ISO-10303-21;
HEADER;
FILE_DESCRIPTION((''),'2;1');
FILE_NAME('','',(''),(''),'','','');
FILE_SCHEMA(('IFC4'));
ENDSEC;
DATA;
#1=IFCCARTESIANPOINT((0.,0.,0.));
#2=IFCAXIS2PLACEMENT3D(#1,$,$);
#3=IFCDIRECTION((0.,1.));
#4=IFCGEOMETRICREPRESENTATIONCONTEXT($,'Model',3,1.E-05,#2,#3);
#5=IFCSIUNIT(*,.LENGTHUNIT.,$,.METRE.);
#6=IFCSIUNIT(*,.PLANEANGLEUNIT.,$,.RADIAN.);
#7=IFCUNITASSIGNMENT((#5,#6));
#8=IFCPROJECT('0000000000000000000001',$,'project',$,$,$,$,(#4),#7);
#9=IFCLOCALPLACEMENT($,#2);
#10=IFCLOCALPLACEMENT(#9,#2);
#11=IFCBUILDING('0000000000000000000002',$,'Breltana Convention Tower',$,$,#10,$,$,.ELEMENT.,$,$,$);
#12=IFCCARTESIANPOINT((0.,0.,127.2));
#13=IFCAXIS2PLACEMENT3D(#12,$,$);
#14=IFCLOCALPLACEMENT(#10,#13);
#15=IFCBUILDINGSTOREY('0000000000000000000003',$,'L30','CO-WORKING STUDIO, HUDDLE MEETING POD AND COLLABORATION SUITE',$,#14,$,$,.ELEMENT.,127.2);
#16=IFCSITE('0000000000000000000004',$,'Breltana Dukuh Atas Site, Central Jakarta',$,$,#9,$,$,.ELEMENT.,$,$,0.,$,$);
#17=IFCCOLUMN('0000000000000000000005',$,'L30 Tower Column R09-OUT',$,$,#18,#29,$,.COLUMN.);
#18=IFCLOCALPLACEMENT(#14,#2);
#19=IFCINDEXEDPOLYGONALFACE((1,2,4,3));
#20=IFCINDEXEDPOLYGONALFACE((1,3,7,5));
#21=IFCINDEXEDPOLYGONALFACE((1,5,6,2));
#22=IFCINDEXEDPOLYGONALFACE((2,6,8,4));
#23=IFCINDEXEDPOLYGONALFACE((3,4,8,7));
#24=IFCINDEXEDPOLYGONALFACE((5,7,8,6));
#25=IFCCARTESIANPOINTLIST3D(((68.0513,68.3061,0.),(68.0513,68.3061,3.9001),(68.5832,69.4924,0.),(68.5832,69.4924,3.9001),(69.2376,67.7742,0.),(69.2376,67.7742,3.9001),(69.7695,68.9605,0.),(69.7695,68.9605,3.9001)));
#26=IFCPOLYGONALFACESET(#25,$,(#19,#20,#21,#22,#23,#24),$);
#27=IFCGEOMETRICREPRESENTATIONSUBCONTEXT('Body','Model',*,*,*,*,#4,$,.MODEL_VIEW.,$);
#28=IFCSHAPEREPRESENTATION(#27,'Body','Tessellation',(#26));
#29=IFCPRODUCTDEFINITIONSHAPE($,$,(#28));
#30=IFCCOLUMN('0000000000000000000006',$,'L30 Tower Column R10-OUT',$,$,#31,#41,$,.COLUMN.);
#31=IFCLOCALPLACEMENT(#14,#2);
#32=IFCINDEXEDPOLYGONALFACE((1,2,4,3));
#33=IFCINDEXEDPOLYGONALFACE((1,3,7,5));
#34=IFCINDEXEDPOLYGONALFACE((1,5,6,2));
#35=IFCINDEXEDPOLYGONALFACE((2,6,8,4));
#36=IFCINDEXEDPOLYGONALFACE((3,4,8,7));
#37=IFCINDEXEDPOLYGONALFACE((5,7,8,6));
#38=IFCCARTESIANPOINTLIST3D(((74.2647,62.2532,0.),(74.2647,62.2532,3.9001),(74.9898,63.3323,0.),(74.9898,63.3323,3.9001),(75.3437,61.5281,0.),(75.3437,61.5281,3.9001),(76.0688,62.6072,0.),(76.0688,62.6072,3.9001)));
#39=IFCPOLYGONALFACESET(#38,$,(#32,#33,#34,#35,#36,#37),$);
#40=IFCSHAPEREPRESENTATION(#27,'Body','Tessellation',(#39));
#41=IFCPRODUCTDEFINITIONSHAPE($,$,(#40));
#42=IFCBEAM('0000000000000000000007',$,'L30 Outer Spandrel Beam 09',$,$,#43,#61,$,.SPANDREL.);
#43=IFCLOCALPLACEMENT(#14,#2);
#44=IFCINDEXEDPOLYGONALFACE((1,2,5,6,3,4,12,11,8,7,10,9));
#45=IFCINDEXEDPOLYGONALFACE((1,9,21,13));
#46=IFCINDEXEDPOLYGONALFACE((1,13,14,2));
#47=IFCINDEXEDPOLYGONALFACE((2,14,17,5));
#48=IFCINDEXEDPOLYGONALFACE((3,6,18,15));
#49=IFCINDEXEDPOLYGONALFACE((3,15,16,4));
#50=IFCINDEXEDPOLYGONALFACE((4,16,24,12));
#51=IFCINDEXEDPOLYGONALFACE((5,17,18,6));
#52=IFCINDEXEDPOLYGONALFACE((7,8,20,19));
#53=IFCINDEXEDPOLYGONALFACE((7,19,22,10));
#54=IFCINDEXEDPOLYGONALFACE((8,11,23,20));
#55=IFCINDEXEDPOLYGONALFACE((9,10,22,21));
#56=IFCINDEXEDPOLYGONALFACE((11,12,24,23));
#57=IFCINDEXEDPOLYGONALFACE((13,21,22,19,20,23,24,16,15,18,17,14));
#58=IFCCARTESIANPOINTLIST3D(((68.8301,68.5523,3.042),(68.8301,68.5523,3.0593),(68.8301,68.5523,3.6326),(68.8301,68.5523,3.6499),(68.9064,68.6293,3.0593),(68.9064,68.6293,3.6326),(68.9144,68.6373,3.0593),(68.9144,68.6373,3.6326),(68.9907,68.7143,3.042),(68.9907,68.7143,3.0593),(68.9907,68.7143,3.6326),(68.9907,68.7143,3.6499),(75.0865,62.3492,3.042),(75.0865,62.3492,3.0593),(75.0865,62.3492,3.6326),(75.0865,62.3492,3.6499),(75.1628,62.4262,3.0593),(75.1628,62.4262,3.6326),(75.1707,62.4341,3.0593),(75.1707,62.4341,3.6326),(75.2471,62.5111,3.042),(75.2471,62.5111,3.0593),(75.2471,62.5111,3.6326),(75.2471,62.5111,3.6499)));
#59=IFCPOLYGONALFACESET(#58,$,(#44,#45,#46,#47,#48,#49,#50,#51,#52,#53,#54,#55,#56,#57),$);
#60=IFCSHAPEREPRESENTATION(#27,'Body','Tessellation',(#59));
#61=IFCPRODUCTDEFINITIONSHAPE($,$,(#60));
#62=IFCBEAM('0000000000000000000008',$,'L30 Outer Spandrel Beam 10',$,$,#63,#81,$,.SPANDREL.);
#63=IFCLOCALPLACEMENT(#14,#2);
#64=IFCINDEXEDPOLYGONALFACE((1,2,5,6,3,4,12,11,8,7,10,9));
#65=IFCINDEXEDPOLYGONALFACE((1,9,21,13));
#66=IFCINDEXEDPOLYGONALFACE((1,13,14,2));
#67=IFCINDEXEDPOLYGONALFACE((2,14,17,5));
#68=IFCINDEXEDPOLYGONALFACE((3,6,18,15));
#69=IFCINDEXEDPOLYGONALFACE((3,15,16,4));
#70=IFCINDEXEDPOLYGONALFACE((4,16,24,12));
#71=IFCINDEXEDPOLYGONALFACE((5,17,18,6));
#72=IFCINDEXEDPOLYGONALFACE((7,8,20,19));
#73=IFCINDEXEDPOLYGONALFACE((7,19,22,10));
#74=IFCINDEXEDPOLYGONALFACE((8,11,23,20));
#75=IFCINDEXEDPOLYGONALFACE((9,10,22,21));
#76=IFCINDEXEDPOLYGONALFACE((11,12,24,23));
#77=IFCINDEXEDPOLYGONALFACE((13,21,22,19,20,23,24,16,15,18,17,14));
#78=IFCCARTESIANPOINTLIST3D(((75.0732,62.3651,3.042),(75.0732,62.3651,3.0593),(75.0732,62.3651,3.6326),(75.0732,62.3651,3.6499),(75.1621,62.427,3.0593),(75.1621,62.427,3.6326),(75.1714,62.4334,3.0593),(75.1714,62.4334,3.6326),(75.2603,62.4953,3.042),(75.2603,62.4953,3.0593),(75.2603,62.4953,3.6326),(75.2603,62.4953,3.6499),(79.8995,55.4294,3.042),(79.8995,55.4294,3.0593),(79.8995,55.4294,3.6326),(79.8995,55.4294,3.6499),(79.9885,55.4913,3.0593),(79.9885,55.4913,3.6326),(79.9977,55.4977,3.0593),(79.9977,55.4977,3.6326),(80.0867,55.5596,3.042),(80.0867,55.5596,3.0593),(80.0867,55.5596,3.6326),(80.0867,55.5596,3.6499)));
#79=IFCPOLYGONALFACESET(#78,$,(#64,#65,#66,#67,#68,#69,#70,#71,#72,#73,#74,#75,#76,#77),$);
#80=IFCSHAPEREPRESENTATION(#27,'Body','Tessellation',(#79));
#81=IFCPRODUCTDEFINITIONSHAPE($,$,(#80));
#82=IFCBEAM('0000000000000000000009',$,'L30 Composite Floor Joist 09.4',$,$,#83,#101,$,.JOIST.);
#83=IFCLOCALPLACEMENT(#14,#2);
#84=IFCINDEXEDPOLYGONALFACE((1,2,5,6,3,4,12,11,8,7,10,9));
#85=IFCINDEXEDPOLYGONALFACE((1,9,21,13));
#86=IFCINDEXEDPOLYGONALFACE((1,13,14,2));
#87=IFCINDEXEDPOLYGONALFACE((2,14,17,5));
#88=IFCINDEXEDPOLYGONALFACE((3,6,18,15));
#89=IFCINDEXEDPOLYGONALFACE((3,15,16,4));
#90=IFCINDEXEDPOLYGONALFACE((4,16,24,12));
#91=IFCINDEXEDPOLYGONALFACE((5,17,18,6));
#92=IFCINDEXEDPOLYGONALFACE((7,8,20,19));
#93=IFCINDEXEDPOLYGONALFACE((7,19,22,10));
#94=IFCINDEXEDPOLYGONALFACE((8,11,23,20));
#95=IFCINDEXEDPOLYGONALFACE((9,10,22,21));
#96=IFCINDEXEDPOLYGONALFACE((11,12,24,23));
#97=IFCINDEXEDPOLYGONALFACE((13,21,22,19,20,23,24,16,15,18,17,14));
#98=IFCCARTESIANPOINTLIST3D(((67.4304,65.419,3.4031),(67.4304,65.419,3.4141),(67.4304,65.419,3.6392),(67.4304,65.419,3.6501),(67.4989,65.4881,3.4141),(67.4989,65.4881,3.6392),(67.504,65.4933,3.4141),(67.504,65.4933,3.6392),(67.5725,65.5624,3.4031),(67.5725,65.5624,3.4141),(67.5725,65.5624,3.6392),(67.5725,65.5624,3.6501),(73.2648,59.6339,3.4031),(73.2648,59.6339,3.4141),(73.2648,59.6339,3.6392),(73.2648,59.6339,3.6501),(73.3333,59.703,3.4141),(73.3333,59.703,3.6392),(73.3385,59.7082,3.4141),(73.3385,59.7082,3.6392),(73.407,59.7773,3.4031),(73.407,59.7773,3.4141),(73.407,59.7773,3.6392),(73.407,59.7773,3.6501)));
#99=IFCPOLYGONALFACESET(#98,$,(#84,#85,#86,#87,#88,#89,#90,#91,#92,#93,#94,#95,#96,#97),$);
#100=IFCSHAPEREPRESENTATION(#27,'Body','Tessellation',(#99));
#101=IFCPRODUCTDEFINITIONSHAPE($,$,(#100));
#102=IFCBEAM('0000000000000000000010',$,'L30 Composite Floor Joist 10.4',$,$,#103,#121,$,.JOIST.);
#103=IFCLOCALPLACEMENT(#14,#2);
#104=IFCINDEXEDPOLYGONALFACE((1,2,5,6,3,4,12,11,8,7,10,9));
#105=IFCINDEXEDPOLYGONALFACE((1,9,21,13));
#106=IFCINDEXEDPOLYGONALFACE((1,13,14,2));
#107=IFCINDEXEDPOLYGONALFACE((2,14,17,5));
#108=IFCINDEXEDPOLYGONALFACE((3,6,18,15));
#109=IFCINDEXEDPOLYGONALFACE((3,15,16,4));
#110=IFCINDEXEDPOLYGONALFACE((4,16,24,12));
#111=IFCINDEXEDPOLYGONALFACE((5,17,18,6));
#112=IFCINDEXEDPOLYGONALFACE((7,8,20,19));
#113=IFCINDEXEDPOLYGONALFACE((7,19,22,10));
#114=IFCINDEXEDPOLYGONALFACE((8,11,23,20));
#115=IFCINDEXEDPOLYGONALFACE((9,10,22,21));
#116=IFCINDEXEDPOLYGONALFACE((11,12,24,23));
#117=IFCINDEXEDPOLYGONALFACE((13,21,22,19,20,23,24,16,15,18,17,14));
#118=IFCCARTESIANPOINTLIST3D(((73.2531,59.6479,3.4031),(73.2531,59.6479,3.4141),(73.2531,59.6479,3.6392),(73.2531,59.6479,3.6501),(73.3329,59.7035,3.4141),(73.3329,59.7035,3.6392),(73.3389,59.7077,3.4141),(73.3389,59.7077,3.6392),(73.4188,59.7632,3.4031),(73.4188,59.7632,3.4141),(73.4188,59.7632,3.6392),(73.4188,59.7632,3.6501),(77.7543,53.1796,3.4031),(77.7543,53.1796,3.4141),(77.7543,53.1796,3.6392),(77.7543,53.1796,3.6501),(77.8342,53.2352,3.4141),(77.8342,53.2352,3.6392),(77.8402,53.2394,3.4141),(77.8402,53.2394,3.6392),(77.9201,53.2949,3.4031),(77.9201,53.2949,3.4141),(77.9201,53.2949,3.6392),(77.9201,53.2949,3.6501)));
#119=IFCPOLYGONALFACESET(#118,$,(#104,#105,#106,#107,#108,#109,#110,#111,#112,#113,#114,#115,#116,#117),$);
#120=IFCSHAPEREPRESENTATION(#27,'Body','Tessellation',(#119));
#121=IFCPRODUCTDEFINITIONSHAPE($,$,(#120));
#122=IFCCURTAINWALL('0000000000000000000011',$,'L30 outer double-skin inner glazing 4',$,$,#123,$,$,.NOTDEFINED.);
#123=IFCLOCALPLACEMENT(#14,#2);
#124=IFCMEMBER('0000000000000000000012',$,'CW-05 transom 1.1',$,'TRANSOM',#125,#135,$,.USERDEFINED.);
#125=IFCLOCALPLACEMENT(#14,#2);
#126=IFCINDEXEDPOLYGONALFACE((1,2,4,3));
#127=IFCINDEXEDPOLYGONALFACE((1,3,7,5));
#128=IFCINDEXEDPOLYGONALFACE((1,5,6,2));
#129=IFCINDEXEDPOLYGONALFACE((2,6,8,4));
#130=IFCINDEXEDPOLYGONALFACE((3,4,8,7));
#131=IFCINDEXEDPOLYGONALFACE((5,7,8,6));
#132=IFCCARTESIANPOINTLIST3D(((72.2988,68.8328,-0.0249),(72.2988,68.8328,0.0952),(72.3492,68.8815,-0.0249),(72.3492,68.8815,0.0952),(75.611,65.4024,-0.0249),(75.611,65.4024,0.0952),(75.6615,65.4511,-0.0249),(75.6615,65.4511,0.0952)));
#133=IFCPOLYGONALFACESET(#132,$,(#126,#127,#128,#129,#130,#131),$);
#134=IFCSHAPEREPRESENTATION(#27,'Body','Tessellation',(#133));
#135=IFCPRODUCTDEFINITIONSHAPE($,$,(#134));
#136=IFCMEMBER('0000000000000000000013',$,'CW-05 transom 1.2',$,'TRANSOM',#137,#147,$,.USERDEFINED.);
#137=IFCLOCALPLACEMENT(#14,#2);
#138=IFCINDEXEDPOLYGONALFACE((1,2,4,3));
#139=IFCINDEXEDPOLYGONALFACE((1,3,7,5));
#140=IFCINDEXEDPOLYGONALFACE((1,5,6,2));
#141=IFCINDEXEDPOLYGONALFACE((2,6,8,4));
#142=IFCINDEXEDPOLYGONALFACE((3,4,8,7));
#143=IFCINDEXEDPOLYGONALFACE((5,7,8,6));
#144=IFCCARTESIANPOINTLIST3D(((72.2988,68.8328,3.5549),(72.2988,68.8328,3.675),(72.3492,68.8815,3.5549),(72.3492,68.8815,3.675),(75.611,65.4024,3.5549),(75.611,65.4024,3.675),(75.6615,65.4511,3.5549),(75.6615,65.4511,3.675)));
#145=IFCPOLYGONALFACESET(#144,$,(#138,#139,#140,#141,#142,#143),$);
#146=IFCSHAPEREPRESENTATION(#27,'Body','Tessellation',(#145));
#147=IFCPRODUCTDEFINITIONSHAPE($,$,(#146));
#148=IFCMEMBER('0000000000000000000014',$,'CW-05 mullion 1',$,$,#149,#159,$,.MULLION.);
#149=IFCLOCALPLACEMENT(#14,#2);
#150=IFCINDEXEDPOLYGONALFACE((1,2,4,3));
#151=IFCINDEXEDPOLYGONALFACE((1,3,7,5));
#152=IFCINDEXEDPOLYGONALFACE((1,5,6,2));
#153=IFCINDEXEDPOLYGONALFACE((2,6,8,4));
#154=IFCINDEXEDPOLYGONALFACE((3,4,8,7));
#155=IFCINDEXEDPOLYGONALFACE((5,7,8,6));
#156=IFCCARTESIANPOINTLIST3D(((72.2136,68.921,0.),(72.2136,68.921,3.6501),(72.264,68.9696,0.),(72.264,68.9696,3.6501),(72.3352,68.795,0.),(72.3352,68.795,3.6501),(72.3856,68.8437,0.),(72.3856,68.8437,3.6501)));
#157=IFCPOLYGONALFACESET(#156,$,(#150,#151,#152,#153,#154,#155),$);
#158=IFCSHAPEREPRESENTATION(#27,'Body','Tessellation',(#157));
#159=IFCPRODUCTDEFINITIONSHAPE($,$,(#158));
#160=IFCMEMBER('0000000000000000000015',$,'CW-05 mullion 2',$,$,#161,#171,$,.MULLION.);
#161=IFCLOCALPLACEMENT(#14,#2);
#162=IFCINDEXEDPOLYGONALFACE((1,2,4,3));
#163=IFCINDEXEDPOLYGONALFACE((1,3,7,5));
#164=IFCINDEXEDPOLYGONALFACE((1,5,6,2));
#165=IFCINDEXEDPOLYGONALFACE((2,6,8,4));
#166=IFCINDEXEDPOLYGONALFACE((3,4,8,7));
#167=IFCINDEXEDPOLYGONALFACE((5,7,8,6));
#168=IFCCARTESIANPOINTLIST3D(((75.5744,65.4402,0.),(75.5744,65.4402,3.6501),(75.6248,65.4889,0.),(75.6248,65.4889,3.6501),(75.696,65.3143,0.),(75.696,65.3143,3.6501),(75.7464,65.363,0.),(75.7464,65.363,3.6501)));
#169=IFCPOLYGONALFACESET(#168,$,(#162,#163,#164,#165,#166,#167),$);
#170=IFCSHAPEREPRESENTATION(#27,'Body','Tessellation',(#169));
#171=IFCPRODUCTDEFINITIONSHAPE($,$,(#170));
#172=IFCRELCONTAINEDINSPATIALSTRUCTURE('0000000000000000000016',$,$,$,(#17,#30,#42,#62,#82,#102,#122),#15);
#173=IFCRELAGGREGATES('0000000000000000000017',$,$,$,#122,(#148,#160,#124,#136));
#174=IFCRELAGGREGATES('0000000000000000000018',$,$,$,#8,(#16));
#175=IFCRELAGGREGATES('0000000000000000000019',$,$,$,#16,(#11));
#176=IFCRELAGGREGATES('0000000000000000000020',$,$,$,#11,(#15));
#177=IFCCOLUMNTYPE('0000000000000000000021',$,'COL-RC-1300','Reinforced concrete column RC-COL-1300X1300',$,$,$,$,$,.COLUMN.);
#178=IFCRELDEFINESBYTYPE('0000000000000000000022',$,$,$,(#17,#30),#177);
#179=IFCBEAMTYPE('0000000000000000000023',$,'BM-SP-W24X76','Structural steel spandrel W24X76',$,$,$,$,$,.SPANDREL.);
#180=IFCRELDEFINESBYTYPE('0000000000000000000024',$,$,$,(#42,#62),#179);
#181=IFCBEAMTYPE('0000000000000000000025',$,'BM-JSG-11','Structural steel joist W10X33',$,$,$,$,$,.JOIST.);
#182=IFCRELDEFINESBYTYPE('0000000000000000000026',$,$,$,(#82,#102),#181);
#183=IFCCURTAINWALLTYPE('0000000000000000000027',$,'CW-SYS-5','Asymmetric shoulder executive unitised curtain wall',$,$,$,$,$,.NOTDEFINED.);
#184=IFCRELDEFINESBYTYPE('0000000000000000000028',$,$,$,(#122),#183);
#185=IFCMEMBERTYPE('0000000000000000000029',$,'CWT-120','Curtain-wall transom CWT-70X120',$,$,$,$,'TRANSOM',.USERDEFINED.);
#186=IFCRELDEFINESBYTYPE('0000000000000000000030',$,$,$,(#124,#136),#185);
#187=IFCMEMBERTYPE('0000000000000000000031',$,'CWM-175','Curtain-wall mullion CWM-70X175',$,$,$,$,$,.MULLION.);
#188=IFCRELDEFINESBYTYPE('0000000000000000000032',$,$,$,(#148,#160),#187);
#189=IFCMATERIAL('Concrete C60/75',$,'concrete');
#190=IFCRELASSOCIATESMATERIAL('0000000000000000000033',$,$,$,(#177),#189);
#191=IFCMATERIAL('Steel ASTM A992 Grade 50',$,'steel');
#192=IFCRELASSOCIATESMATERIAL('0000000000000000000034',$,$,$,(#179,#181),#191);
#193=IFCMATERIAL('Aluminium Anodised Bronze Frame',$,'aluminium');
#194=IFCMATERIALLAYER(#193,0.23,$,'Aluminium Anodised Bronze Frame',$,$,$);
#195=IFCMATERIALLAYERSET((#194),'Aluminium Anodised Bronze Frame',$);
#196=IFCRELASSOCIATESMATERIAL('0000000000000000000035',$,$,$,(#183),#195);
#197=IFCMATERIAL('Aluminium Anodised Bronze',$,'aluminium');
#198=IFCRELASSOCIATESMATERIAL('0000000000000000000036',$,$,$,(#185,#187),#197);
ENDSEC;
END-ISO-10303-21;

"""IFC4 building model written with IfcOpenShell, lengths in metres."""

from ifc_helpers import new_model, si_unit, direction, frame, origin, origin_2d, place, context, subcontext, project, spatial, rectangle, i_section, extrude, source, transform, mapped, material, layer, layer_set, material_profile, profile_set, type_object, element, aggregate, save


model = new_model("IFC4")

# Units and contexts
model_context = context("Model", 3, precision=1e-05, world=origin(), true_north=direction((0.0, 1.0)))
body_context = subcontext(model_context, "Body", "Model", "MODEL_VIEW")
ifc_project = project(units=[si_unit("LENGTHUNIT", "METRE"), si_unit("PLANEANGLEUNIT", "RADIAN")], contexts=[model_context])

# Site, building, storey
site_placement = place(None, origin())
site = spatial("IfcSite", under=ifc_project, at=site_placement, Name="Breltana Dukuh Atas Site, Central Jakarta", CompositionType="ELEMENT", RefElevation=0.0)
building_placement = place(site_placement, origin())
building = spatial("IfcBuilding", under=site, at=building_placement, Name="Breltana Convention Tower", CompositionType="ELEMENT")
storey_placement = place(building_placement, frame((0.0, 0.0, 127.2)))
storey = spatial("IfcBuildingStorey", under=building, at=storey_placement, Name="L30", Description="CO-WORKING STUDIO, HUDDLE MEETING POD AND COLLABORATION SUITE", CompositionType="ELEMENT", Elevation=127.2)

# Columns
ifc_material_1 = material(Name="Concrete C60/75", Category="concrete")
ifc_material_profile_1 = material_profile(ifc_material_1, rectangle(XDim=1.3, YDim=1.3, at=origin_2d()), Name="RC-COL-1300X1300")
ifc_profile_set_1 = profile_set([ifc_material_profile_1], Name="Concrete C60/75")
column_type = type_object("IfcColumnType", Name="COL-RC-1300", Description="Reinforced concrete column RC-COL-1300X1300", PredefinedType="COLUMN", material=ifc_profile_set_1)
shared_shape_1 = source(origin(), body_context, "Body", "SweptSolid", [
    extrude(rectangle(XDim=1.3, YDim=1.3, at=origin_2d()), origin(), (0.0, 0.0, 1.0), 3.9001),
])
for number, where, z_axis, x_axis, name in (
    (1, (68.9104, 68.6333, 0.0), (0.0, 0.0, 1.0), (0.409127, 0.912477, 0.0), "L30 Tower Column R09-OUT"),
    (2, (75.1667, 62.4302, 0.0), (0.0, 0.0, 1.0), (0.557745, 0.830012, 0.0), "L30 Tower Column R10-OUT"),
):
    element("IfcColumn", number, at=place(storey_placement, frame(where, z_axis=z_axis, x_axis=x_axis)), inside=storey, type_object=column_type, Name=name, PredefinedType="COLUMN", context=body_context, shape_type="MappedRepresentation", body=[
        mapped(shared_shape_1, transform((0.0, 0.0, 0.0), scale=1.0)),
    ])

# Beams
ifc_material_2 = material(Name="Steel ASTM A992 Grade 50", Category="steel")
ifc_material_profile_2 = material_profile(ifc_material_2, i_section(OverallWidth=0.228, OverallDepth=0.6079, WebThickness=0.0112, FlangeThickness=0.0173, at=origin_2d()), Name="W24X76")
ifc_profile_set_2 = profile_set([ifc_material_profile_2], Name="Steel ASTM A992 Grade 50")
beam_type_1 = type_object("IfcBeamType", Name="BM-SP-W24X76", Description="Structural steel spandrel W24X76", PredefinedType="SPANDREL", material=ifc_profile_set_2)
shared_shape_2 = source(origin(), body_context, "Body", "SweptSolid", [
    extrude(i_section(OverallWidth=0.228, OverallDepth=0.6079, WebThickness=0.0112, FlangeThickness=0.0173, at=origin_2d()), origin(), (0.0, 0.0, 1.0), 8.8103),
])
beam_1_placement = place(storey_placement, frame((68.9104, 68.6333, 3.3459), z_axis=(0.710121, -0.70408, 0.0), x_axis=(0.70408, 0.710121, 0.0)))
element("IfcBeam", 3, at=beam_1_placement, inside=storey, type_object=beam_type_1, Name="L30 Outer Spandrel Beam 09", PredefinedType="SPANDREL", context=body_context, shape_type="MappedRepresentation", body=[
    mapped(shared_shape_2, transform((0.0, 0.0, 0.0), scale=1.0)),
])
shared_shape_3 = source(origin(), body_context, "Body", "SweptSolid", [
    extrude(i_section(OverallWidth=0.228, OverallDepth=0.6079, WebThickness=0.0112, FlangeThickness=0.0173, at=origin_2d()), origin(), (0.0, 0.0, 1.0), 8.4497),
])
beam_2_placement = place(storey_placement, frame((75.1667, 62.4302, 3.3459), z_axis=(0.571186, -0.820821, 0.0), x_axis=(0.820821, 0.571186, 0.0)))
element("IfcBeam", 4, at=beam_2_placement, inside=storey, type_object=beam_type_1, Name="L30 Outer Spandrel Beam 10", PredefinedType="SPANDREL", context=body_context, shape_type="MappedRepresentation", body=[
    mapped(shared_shape_3, transform((0.0, 0.0, 0.0), scale=1.0)),
])
ifc_material_profile_3 = material_profile(ifc_material_2, i_section(OverallWidth=0.2019, OverallDepth=0.2471, WebThickness=0.0073, FlangeThickness=0.011, at=origin_2d()), Name="W10X33")
ifc_profile_set_3 = profile_set([ifc_material_profile_3], Name="Steel ASTM A992 Grade 50")
beam_type_2 = type_object("IfcBeamType", Name="BM-JSG-11", Description="Structural steel joist W10X33", PredefinedType="JOIST", material=ifc_profile_set_3)
shared_shape_4 = source(origin(), body_context, "Body", "SweptSolid", [
    extrude(i_section(OverallWidth=0.2019, OverallDepth=0.2471, WebThickness=0.0073, FlangeThickness=0.011, at=origin_2d()), origin(), (0.0, 0.0, 1.0), 8.2163),
])
beam_3_placement = place(storey_placement, frame((67.5015, 65.4907, 3.5266), z_axis=(0.710102, -0.704099, 0.0), x_axis=(0.704099, 0.710102, 0.0)))
element("IfcBeam", 5, at=beam_3_placement, inside=storey, type_object=beam_type_2, Name="L30 Composite Floor Joist 09.4", PredefinedType="JOIST", context=body_context, shape_type="MappedRepresentation", body=[
    mapped(shared_shape_4, transform((0.0, 0.0, 0.0), scale=1.0)),
])
shared_shape_5 = source(origin(), body_context, "Body", "SweptSolid", [
    extrude(i_section(OverallWidth=0.2019, OverallDepth=0.2471, WebThickness=0.0073, FlangeThickness=0.011, at=origin_2d()), origin(), (0.0, 0.0, 1.0), 7.8804),
])
beam_4_placement = place(storey_placement, frame((73.3359, 59.7056, 3.5266), z_axis=(0.571198, -0.820812, 0.0), x_axis=(0.820812, 0.571198, 0.0)))
element("IfcBeam", 6, at=beam_4_placement, inside=storey, type_object=beam_type_2, Name="L30 Composite Floor Joist 10.4", PredefinedType="JOIST", context=body_context, shape_type="MappedRepresentation", body=[
    mapped(shared_shape_5, transform((0.0, 0.0, 0.0), scale=1.0)),
])

# Curtain wall, members
ifc_material_3 = material(Name="Aluminium Anodised Bronze Frame", Category="aluminium")
ifc_layer_1 = layer(ifc_material_3, 0.23, Name="Aluminium Anodised Bronze Frame")
ifc_layer_set_1 = layer_set([ifc_layer_1], Name="Aluminium Anodised Bronze Frame")
curtain_wall_type = type_object("IfcCurtainWallType", Name="CW-SYS-5", Description="Asymmetric shoulder executive unitised curtain wall", PredefinedType="NOTDEFINED", material=ifc_layer_set_1)
curtain_wall_placement = place(storey_placement, origin())
curtain_wall = element("IfcCurtainWall", 7, at=curtain_wall_placement, inside=storey, type_object=curtain_wall_type, Name="L30 outer double-skin inner glazing 4", PredefinedType="NOTDEFINED")
ifc_material_4 = material(Name="Aluminium Anodised Bronze", Category="aluminium")
ifc_material_profile_4 = material_profile(ifc_material_4, rectangle(XDim=0.0701, YDim=0.1201, at=origin_2d()), Name="CWT-70X120")
ifc_profile_set_4 = profile_set([ifc_material_profile_4], Name="Aluminium Anodised Bronze")
member_type_1 = type_object("IfcMemberType", Name="CWT-120", Description="Curtain-wall transom CWT-70X120", ElementType="TRANSOM", PredefinedType="USERDEFINED", material=ifc_profile_set_4)
shared_shape_6 = source(origin(), body_context, "Body", "SweptSolid", [
    extrude(rectangle(XDim=0.0701, YDim=0.1201, at=origin_2d()), origin(), (0.0, 0.0, 1.0), 4.7686),
])
member_1_placement = place(storey_placement, frame((72.324, 68.8572, 0.0352), z_axis=(0.694608, -0.719388, 0.0), x_axis=(0.719388, 0.694608, 0.0)))
member_1 = element("IfcMember", 8, at=member_1_placement, type_object=member_type_1, Name="CW-05 transom 1.1", ObjectType="TRANSOM", PredefinedType="USERDEFINED", context=body_context, shape_type="MappedRepresentation", body=[
    mapped(shared_shape_6, transform((0.0, 0.0, 0.0), scale=1.0)),
])
member_2_placement = place(storey_placement, frame((72.324, 68.8572, 3.615), z_axis=(0.694608, -0.719388, 0.0), x_axis=(0.719388, 0.694608, 0.0)))
member_2 = element("IfcMember", 9, at=member_2_placement, type_object=member_type_1, Name="CW-05 transom 1.2", ObjectType="TRANSOM", PredefinedType="USERDEFINED", context=body_context, shape_type="MappedRepresentation", body=[
    mapped(shared_shape_6, transform((0.0, 0.0, 0.0), scale=1.0)),
])
ifc_material_profile_5 = material_profile(ifc_material_4, rectangle(XDim=0.0701, YDim=0.175, at=origin_2d()), Name="CWM-70X175")
ifc_profile_set_5 = profile_set([ifc_material_profile_5], Name="Aluminium Anodised Bronze")
member_type_2 = type_object("IfcMemberType", Name="CWM-175", Description="Curtain-wall mullion CWM-70X175", PredefinedType="MULLION", material=ifc_profile_set_5)
shared_shape_7 = source(origin(), body_context, "Body", "SweptSolid", [
    extrude(rectangle(XDim=0.0701, YDim=0.175, at=origin_2d()), origin(), (0.0, 0.0, 1.0), 3.6501),
])
member_3_placement = place(storey_placement, frame((72.2996, 68.8823, 0.0), z_axis=(0.0, 0.0, 1.0), x_axis=(0.719385, 0.694612, 0.0)))
member_3 = element("IfcMember", 10, at=member_3_placement, type_object=member_type_2, Name="CW-05 mullion 1", PredefinedType="MULLION", context=body_context, shape_type="MappedRepresentation", body=[
    mapped(shared_shape_7, transform((0.0, 0.0, 0.0), scale=1.0)),
])
member_4_placement = place(storey_placement, frame((75.6604, 65.4016, 0.0), z_axis=(0.0, 0.0, 1.0), x_axis=(0.719385, 0.694612, 0.0)))
member_4 = element("IfcMember", 11, at=member_4_placement, type_object=member_type_2, Name="CW-05 mullion 2", PredefinedType="MULLION", context=body_context, shape_type="MappedRepresentation", body=[
    mapped(shared_shape_7, transform((0.0, 0.0, 0.0), scale=1.0)),
])
aggregate(curtain_wall, [member_3, member_4, member_1, member_2])

save(model, "model.ifc")
